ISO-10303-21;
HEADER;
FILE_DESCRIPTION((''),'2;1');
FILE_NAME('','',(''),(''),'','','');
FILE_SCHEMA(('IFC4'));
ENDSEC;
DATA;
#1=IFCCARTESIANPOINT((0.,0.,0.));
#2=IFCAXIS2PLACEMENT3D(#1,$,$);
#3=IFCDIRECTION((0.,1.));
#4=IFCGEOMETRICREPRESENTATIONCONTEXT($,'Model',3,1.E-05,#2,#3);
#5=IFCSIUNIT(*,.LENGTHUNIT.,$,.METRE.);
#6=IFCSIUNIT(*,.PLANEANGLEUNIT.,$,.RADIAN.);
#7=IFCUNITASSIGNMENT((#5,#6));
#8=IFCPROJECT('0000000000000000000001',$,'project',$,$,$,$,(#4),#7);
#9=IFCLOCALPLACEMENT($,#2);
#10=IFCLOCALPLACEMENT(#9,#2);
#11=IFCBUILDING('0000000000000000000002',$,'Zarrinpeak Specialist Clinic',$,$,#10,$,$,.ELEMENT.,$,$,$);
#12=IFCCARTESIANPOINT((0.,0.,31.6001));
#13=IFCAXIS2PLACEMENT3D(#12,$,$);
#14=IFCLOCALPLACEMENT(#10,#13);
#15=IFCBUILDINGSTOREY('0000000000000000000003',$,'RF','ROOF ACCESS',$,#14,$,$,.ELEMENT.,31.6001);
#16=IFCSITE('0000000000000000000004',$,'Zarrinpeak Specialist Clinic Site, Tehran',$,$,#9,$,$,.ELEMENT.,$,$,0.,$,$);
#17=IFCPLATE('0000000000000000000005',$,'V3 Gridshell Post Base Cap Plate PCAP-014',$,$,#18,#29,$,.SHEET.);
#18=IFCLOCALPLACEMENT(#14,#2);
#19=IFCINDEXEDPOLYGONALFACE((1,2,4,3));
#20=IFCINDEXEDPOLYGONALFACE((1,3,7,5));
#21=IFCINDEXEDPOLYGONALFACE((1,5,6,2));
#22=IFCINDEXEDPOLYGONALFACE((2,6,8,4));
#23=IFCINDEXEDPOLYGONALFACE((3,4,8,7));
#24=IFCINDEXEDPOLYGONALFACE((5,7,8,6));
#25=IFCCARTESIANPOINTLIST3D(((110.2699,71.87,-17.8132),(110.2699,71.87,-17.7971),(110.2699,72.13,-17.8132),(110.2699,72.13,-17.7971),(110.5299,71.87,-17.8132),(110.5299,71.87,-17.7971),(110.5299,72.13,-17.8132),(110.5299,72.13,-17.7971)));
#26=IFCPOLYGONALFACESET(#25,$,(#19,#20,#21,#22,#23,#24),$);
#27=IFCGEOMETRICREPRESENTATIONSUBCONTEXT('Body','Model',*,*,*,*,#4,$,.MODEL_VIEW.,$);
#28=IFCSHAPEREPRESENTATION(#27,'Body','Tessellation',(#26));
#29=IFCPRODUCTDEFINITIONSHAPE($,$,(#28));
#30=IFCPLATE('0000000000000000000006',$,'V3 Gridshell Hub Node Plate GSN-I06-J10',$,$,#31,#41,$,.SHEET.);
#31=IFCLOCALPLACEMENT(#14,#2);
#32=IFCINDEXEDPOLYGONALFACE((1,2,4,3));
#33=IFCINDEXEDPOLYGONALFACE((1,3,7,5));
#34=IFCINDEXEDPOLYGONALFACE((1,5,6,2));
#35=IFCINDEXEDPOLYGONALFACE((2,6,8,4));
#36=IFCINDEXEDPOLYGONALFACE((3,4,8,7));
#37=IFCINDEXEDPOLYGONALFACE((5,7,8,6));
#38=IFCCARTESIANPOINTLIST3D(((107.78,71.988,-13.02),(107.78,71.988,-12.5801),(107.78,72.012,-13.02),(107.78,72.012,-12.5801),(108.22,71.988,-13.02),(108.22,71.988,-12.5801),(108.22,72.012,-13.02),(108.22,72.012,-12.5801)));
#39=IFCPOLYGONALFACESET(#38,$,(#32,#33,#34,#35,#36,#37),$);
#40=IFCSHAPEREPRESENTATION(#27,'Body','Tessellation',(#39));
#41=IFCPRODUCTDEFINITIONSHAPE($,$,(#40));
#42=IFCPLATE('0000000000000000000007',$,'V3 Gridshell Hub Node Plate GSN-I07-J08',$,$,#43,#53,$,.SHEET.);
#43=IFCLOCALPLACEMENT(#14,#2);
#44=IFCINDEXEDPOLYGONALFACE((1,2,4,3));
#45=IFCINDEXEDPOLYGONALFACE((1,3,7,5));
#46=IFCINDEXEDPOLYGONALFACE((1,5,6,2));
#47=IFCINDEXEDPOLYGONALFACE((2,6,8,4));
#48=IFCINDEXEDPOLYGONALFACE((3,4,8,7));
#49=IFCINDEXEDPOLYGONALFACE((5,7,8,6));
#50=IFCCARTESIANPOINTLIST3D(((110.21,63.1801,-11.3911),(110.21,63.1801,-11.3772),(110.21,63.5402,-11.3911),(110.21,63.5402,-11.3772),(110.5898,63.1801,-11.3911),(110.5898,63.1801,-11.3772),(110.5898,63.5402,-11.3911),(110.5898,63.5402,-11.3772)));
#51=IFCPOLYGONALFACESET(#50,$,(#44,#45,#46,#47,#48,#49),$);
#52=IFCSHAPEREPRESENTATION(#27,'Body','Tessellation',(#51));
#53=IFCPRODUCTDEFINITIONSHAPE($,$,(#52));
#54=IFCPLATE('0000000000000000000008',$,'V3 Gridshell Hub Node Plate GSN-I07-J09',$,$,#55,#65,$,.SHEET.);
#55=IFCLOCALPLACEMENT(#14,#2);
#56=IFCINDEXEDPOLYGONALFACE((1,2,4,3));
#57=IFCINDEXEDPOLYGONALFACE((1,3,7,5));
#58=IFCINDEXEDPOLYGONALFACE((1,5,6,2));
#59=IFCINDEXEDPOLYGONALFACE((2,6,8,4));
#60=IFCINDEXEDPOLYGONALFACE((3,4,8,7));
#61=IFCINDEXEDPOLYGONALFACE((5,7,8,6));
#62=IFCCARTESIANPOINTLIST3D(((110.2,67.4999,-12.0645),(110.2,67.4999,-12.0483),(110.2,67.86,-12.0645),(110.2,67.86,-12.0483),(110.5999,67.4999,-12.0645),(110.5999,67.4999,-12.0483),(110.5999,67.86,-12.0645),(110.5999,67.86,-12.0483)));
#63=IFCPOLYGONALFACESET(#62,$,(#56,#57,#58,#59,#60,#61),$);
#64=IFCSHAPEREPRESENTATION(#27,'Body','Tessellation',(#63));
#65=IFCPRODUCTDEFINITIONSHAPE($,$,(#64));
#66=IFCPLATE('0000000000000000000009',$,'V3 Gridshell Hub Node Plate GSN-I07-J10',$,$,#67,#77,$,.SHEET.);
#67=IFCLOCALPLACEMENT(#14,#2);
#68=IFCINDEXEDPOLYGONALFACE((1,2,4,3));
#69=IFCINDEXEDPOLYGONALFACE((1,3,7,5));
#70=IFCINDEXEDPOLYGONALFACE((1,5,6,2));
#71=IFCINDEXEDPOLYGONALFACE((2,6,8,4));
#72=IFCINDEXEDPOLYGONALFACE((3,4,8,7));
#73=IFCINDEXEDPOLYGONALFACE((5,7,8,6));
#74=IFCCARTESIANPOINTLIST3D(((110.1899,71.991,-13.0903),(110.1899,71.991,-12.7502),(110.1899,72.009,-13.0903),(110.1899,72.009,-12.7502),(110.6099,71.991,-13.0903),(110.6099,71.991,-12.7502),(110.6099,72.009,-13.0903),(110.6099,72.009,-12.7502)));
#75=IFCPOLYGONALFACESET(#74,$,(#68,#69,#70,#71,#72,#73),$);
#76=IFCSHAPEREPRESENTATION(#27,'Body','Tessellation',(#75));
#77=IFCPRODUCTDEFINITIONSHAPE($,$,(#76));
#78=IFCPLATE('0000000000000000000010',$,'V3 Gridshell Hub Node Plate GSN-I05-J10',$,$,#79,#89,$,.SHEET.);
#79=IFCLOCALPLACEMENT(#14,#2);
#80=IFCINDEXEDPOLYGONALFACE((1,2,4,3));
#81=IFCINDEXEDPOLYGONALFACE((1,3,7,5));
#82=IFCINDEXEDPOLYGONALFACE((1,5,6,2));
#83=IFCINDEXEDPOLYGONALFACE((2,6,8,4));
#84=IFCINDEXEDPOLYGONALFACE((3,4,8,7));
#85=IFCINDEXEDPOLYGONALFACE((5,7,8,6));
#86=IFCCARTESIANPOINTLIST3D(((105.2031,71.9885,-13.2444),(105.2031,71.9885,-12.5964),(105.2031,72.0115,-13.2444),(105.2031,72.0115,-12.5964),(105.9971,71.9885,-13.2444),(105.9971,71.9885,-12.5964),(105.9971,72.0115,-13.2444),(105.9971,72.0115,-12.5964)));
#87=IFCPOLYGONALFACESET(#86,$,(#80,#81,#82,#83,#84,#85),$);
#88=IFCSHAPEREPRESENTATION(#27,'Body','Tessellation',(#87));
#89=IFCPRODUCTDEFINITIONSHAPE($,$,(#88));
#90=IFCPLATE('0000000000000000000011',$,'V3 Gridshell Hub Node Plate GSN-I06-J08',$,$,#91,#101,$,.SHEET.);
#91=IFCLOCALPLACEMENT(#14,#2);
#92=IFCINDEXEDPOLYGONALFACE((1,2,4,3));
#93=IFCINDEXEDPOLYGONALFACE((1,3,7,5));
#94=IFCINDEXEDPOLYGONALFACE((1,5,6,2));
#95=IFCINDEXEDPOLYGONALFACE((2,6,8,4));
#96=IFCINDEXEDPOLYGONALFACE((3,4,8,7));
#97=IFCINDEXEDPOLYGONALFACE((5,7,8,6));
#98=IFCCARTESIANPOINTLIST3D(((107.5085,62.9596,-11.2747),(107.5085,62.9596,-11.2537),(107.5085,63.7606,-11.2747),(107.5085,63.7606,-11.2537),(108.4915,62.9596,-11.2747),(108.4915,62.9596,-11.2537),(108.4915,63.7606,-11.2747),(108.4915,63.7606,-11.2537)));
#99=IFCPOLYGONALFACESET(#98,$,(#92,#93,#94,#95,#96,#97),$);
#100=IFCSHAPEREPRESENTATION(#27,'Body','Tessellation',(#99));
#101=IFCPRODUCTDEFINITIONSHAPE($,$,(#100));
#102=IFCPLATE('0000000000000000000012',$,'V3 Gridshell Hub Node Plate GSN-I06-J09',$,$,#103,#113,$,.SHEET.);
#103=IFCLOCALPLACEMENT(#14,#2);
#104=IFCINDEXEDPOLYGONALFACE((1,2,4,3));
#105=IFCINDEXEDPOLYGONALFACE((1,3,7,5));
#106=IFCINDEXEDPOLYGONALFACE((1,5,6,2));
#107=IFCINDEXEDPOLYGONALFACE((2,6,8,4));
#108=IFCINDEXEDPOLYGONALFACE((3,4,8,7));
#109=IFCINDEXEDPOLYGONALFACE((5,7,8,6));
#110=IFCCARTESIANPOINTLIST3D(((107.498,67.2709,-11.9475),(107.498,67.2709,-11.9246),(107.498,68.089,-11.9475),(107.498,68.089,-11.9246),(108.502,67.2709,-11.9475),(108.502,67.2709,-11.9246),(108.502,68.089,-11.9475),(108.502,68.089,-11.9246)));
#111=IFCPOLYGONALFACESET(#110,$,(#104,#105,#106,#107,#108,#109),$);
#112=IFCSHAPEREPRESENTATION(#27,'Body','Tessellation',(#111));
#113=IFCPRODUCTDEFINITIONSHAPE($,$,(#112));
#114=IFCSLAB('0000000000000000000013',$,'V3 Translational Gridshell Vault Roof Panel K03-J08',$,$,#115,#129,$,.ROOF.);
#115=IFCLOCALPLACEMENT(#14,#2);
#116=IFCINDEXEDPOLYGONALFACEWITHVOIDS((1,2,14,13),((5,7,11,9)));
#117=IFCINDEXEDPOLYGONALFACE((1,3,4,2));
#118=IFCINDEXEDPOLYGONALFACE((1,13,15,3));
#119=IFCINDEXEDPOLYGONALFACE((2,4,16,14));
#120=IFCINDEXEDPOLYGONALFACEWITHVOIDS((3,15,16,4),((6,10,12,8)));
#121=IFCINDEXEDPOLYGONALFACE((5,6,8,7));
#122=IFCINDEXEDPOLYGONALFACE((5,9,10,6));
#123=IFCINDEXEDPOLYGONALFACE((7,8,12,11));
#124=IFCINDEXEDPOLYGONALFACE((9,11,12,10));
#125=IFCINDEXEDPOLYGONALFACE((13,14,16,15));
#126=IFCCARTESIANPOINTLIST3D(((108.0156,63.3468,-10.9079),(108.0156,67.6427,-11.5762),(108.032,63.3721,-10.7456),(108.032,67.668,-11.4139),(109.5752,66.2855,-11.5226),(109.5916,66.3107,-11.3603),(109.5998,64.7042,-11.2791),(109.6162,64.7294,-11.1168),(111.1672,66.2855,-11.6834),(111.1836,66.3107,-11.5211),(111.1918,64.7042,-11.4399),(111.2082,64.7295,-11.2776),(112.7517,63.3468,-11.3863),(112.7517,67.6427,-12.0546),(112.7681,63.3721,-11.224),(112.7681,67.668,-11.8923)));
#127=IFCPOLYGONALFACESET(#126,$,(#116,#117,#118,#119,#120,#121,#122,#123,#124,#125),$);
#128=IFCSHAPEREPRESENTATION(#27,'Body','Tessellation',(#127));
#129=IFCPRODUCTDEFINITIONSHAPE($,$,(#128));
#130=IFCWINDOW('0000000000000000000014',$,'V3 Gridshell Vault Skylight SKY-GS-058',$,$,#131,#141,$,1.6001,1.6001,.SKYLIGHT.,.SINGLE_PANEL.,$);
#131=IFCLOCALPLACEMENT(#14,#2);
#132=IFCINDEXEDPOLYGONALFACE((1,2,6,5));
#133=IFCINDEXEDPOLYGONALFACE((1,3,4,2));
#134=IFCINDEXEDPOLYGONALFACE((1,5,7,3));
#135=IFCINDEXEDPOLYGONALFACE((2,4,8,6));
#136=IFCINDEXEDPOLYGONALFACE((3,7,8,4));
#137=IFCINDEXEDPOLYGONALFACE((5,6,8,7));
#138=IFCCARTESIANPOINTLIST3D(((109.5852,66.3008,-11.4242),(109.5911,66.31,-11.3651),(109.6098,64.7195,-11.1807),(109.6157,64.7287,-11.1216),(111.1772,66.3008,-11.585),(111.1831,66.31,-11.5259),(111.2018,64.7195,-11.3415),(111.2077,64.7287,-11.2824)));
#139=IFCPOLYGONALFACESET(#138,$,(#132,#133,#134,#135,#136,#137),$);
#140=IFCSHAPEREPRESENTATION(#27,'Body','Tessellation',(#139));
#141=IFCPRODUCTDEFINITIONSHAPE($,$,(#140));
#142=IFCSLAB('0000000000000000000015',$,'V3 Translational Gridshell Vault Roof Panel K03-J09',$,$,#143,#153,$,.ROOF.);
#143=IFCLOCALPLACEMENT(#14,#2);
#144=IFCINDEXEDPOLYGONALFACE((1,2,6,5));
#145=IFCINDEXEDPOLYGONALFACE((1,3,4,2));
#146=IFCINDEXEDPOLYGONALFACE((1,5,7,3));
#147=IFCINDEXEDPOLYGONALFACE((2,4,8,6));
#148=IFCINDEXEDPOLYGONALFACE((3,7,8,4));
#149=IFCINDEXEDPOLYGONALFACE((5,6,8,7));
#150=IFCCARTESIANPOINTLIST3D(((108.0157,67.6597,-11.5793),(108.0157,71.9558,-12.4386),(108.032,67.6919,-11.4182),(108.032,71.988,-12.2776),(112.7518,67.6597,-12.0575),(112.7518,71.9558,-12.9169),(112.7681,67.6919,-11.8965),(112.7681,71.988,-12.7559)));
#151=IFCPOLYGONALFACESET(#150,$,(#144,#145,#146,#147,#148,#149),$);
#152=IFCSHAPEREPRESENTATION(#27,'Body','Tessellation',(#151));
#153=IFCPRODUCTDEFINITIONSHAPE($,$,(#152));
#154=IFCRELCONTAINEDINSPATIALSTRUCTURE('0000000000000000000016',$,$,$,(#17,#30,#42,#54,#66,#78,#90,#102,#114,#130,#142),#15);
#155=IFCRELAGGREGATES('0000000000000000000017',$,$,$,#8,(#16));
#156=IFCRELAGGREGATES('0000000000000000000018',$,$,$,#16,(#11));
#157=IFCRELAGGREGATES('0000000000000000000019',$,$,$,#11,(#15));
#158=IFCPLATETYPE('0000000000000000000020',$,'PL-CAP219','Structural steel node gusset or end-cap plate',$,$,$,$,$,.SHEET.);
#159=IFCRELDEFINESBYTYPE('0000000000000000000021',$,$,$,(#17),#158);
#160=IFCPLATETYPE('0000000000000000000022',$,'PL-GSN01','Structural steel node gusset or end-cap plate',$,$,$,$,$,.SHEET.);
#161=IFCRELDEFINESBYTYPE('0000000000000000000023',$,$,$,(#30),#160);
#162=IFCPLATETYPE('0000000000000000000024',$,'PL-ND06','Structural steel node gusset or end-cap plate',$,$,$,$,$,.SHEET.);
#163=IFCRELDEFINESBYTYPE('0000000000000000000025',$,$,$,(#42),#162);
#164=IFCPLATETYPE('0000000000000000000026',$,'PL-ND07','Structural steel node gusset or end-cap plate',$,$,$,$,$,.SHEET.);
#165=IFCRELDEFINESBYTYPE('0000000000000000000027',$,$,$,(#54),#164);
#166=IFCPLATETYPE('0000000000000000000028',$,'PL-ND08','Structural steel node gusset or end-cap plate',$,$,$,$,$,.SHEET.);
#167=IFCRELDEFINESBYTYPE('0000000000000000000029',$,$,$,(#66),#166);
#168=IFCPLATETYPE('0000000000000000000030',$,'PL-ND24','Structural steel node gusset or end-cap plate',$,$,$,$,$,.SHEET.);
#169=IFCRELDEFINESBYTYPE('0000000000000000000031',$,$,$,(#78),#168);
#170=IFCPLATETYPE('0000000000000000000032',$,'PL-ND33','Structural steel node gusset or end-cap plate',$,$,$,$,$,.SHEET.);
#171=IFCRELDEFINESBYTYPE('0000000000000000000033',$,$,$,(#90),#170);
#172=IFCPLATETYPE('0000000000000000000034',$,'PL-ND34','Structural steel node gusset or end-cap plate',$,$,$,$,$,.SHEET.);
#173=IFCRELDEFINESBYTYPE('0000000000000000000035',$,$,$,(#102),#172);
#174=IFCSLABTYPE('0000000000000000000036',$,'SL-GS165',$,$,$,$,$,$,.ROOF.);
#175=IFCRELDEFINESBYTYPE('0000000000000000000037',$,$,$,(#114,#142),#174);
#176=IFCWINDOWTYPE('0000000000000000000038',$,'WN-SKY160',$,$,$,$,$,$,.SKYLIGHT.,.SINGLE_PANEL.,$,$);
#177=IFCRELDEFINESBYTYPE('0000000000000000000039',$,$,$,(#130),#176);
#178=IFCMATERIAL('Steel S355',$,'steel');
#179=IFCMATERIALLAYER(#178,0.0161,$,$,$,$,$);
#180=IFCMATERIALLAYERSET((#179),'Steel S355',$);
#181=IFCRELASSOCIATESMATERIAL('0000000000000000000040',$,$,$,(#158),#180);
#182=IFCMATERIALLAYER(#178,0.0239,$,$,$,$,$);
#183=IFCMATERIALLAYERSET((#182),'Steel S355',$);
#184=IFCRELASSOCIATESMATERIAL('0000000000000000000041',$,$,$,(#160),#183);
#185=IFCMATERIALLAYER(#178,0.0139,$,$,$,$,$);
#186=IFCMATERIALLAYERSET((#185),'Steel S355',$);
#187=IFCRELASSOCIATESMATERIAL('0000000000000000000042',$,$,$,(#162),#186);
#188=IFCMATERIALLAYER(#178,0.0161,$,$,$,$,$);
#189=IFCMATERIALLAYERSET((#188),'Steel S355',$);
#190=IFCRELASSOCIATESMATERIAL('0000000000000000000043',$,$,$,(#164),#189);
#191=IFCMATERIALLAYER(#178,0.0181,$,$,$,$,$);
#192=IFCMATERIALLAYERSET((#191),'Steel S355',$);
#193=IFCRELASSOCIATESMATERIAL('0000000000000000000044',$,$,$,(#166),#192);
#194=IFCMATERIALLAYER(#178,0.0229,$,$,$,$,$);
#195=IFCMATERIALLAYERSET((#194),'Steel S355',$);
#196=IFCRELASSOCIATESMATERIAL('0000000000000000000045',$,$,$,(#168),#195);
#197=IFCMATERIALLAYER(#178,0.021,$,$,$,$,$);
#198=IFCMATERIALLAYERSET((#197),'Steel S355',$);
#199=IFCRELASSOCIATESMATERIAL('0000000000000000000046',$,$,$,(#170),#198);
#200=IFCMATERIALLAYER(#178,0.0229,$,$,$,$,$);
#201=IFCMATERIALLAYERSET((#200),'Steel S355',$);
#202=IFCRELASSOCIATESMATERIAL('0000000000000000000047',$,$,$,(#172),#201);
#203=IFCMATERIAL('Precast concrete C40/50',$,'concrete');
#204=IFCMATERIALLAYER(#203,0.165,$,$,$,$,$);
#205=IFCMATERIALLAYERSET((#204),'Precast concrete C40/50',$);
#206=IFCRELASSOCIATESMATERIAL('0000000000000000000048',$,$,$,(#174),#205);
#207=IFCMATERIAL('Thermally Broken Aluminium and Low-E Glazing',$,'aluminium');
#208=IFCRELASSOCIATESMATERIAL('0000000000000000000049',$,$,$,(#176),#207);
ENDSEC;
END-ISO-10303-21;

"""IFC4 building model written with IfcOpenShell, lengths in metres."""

from ifc_helpers import new_model, si_unit, direction, frame, origin, origin_2d, place, context, subcontext, project, spatial, polyline, rectangle, outline, extrude, material, layer, layer_set, type_object, element, fill, save


model = new_model("IFC4")

# Units and contexts
model_context = context("Model", 3, precision=1e-05, world=origin(), true_north=direction((0.0, 1.0)))
body_context = subcontext(model_context, "Body", "Model", "MODEL_VIEW")
ifc_project = project(units=[si_unit("LENGTHUNIT", "METRE"), si_unit("PLANEANGLEUNIT", "RADIAN")], contexts=[model_context])

# Site, building, storey
site_placement = place(None, origin())
site = spatial("IfcSite", under=ifc_project, at=site_placement, Name="Zarrinpeak Specialist Clinic Site, Tehran", CompositionType="ELEMENT", RefElevation=0.0)
building_placement = place(site_placement, origin())
building = spatial("IfcBuilding", under=site, at=building_placement, Name="Zarrinpeak Specialist Clinic", CompositionType="ELEMENT")
storey_placement = place(building_placement, frame((0.0, 0.0, 31.6001)))
storey = spatial("IfcBuildingStorey", under=building, at=storey_placement, Name="RF", Description="ROOF ACCESS", CompositionType="ELEMENT", Elevation=31.6001)

# Shared definitions
ifc_material_1 = material(Name="Steel S355", Category="steel")

# Plates
ifc_layer_1 = layer(ifc_material_1, 0.0161)
ifc_layer_set_1 = layer_set([ifc_layer_1], Name="Steel S355")
plate_type_1 = type_object("IfcPlateType", Name="PL-CAP219", Description="Structural steel node gusset or end-cap plate", PredefinedType="SHEET", material=ifc_layer_set_1)
for number, where, z_axis, x_axis, name in (
    (1, (110.3999, 72.0, -17.8132), (0.0, 0.0, 1.0), (1.0, 0.0, 0.0), "V3 Gridshell Post Base Cap Plate PCAP-014"),
):
    element("IfcPlate", number, at=place(storey_placement, frame(where, z_axis=z_axis, x_axis=x_axis)), inside=storey, type_object=plate_type_1, Name=name, PredefinedType="SHEET", context=body_context, shape_type="SweptSolid", body=[
        extrude(rectangle(XDim=0.26, YDim=0.26, at=origin_2d()), origin(), (0.0, 0.0, 1.0), 0.0161),
    ])
ifc_layer_2 = layer(ifc_material_1, 0.0239)
ifc_layer_set_2 = layer_set([ifc_layer_2], Name="Steel S355")
plate_type_2 = type_object("IfcPlateType", Name="PL-GSN01", Description="Structural steel node gusset or end-cap plate", PredefinedType="SHEET", material=ifc_layer_set_2)
plate_1_placement = place(storey_placement, frame((108.0, 72.0, -13.02), z_axis=(0.0, 0.0, 1.0), x_axis=(1.0, 0.0, 0.0)))
element("IfcPlate", 2, at=plate_1_placement, inside=storey, type_object=plate_type_2, Name="V3 Gridshell Hub Node Plate GSN-I06-J10", PredefinedType="SHEET", context=body_context, shape_type="SweptSolid", body=[
    extrude(rectangle(XDim=0.4399, YDim=0.0239, at=origin_2d()), origin(), (0.0, 0.0, 1.0), 0.4399),
])
ifc_layer_3 = layer(ifc_material_1, 0.0139)
ifc_layer_set_3 = layer_set([ifc_layer_3], Name="Steel S355")
plate_type_3 = type_object("IfcPlateType", Name="PL-ND06", Description="Structural steel node gusset or end-cap plate", PredefinedType="SHEET", material=ifc_layer_set_3)
plate_2_placement = place(storey_placement, frame((110.3999, 63.3601, -11.3911), z_axis=(0.0, 0.0, 1.0), x_axis=(1.0, 0.0, 0.0)))
element("IfcPlate", 3, at=plate_2_placement, inside=storey, type_object=plate_type_3, Name="V3 Gridshell Hub Node Plate GSN-I07-J08", PredefinedType="SHEET", context=body_context, shape_type="SweptSolid", body=[
    extrude(rectangle(XDim=0.3799, YDim=0.3601, at=origin_2d()), origin(), (0.0, 0.0, 1.0), 0.0139),
])
ifc_layer_4 = layer(ifc_material_1, 0.0161)
ifc_layer_set_4 = layer_set([ifc_layer_4], Name="Steel S355")
plate_type_4 = type_object("IfcPlateType", Name="PL-ND07", Description="Structural steel node gusset or end-cap plate", PredefinedType="SHEET", material=ifc_layer_set_4)
plate_3_placement = place(storey_placement, frame((110.3999, 67.6799, -12.0645), z_axis=(0.0, 0.0, 1.0), x_axis=(1.0, 0.0, 0.0)))
element("IfcPlate", 4, at=plate_3_placement, inside=storey, type_object=plate_type_4, Name="V3 Gridshell Hub Node Plate GSN-I07-J09", PredefinedType="SHEET", context=body_context, shape_type="SweptSolid", body=[
    extrude(rectangle(XDim=0.3999, YDim=0.3601, at=origin_2d()), origin(), (0.0, 0.0, 1.0), 0.0161),
])
ifc_layer_5 = layer(ifc_material_1, 0.0181)
ifc_layer_set_5 = layer_set([ifc_layer_5], Name="Steel S355")
plate_type_5 = type_object("IfcPlateType", Name="PL-ND08", Description="Structural steel node gusset or end-cap plate", PredefinedType="SHEET", material=ifc_layer_set_5)
plate_4_placement = place(storey_placement, frame((110.3999, 72.0, -13.0903), z_axis=(0.0, 0.0, 1.0), x_axis=(1.0, 0.0, 0.0)))
element("IfcPlate", 5, at=plate_4_placement, inside=storey, type_object=plate_type_5, Name="V3 Gridshell Hub Node Plate GSN-I07-J10", PredefinedType="SHEET", context=body_context, shape_type="SweptSolid", body=[
    extrude(rectangle(XDim=0.4199, YDim=0.0181, at=origin_2d()), origin(), (0.0, 0.0, 1.0), 0.3401),
])
ifc_layer_6 = layer(ifc_material_1, 0.0229)
ifc_layer_set_6 = layer_set([ifc_layer_6], Name="Steel S355")
plate_type_6 = type_object("IfcPlateType", Name="PL-ND24", Description="Structural steel node gusset or end-cap plate", PredefinedType="SHEET", material=ifc_layer_set_6)
plate_5_placement = place(storey_placement, frame((105.6001, 72.0, -13.2444), z_axis=(0.0, 0.0, 1.0), x_axis=(1.0, 0.0, 0.0)))
element("IfcPlate", 6, at=plate_5_placement, inside=storey, type_object=plate_type_6, Name="V3 Gridshell Hub Node Plate GSN-I05-J10", PredefinedType="SHEET", context=body_context, shape_type="SweptSolid", body=[
    extrude(rectangle(XDim=0.7939, YDim=0.0229, at=origin_2d()), origin(), (0.0, 0.0, 1.0), 0.6479),
])
ifc_layer_7 = layer(ifc_material_1, 0.021)
ifc_layer_set_7 = layer_set([ifc_layer_7], Name="Steel S355")
plate_type_7 = type_object("IfcPlateType", Name="PL-ND33", Description="Structural steel node gusset or end-cap plate", PredefinedType="SHEET", material=ifc_layer_set_7)
plate_6_placement = place(storey_placement, frame((108.0, 63.3601, -11.2747), z_axis=(0.0, 0.0, 1.0), x_axis=(1.0, 0.0, 0.0)))
element("IfcPlate", 7, at=plate_6_placement, inside=storey, type_object=plate_type_7, Name="V3 Gridshell Hub Node Plate GSN-I06-J08", PredefinedType="SHEET", context=body_context, shape_type="SweptSolid", body=[
    extrude(rectangle(XDim=0.9829, YDim=0.801, at=origin_2d()), origin(), (0.0, 0.0, 1.0), 0.021),
])
ifc_layer_8 = layer(ifc_material_1, 0.0229)
ifc_layer_set_8 = layer_set([ifc_layer_8], Name="Steel S355")
plate_type_8 = type_object("IfcPlateType", Name="PL-ND34", Description="Structural steel node gusset or end-cap plate", PredefinedType="SHEET", material=ifc_layer_set_8)
plate_7_placement = place(storey_placement, frame((108.0, 67.6799, -11.9475), z_axis=(0.0, 0.0, 1.0), x_axis=(1.0, 0.0, 0.0)))
element("IfcPlate", 8, at=plate_7_placement, inside=storey, type_object=plate_type_8, Name="V3 Gridshell Hub Node Plate GSN-I06-J09", PredefinedType="SHEET", context=body_context, shape_type="SweptSolid", body=[
    extrude(rectangle(XDim=1.0039, YDim=0.8181, at=origin_2d()), origin(), (0.0, 0.0, 1.0), 0.0229),
])

# Slab, opening, window
ifc_material_2 = material(Name="Precast concrete C40/50", Category="concrete")
ifc_layer_9 = layer(ifc_material_2, 0.165)
ifc_layer_set_9 = layer_set([ifc_layer_9], Name="Precast concrete C40/50")
slab_type = type_object("IfcSlabType", Name="SL-GS165", PredefinedType="ROOF", material=ifc_layer_set_9)
slab_1_placement = place(storey_placement, frame((108.032, 63.3721, -10.7456), z_axis=(0.099316, 0.152966, 0.983228), x_axis=(0.994937, 0.000004, -0.1005)))
slab_1 = element("IfcSlab", 9, at=slab_1_placement, inside=storey, type_object=slab_type, Name="V3 Translational Gridshell Vault Roof Panel K03-J08", PredefinedType="ROOF", context=body_context, shape_type="SweptSolid", body=[
    extrude(outline(polyline([(0.0, 0.0), (4.7602, 0.0), (4.8274, 4.347), (0.0672, 4.3471), (0.0, 0.0)])), origin(), (0.0, 0.0, -1.0), 0.165),
])
opening_placement = place(slab_1_placement, frame((2.4136, 2.1736, 0.0)))
opening = element("IfcOpeningElement", 10, at=opening_placement, cuts=slab_1, PredefinedType="OPENING", context=body_context, shape_type="SweptSolid", body=[
    extrude(rectangle(XDim=1.6001, YDim=1.6001, at=origin_2d()), frame((0.0, 0.0, 0.01), z_axis=(0.0, 0.0, 1.0), x_axis=(1.0, 0.0, 0.0)), (0.0, 0.0, -1.0), 0.1851),
])
ifc_material_3 = material(Name="Thermally Broken Aluminium and Low-E Glazing", Category="aluminium")
window_type = type_object("IfcWindowType", Name="WN-SKY160", PartitioningType="SINGLE_PANEL", PredefinedType="SKYLIGHT", material=ifc_material_3)
window_placement = place(opening_placement, frame((0.0, 0.0, -0.0049)))
window = element("IfcWindow", 11, at=window_placement, inside=storey, type_object=window_type, Name="V3 Gridshell Vault Skylight SKY-GS-058", OverallHeight=1.6001, OverallWidth=1.6001, PartitioningType="SINGLE_PANEL", PredefinedType="SKYLIGHT", context=body_context, shape_type="SweptSolid", body=[
    extrude(rectangle(XDim=1.6001, YDim=1.6001, at=origin_2d()), origin(), (0.0, 0.0, -1.0), 0.0601),
])
fill(opening, window)

# Slab
slab_2_placement = place(storey_placement, frame((108.032, 67.6919, -11.4182), z_axis=(0.098541, 0.195194, 0.975802), x_axis=(0.99494, 0.0, -0.100474)))
element("IfcSlab", 12, at=slab_2_placement, inside=storey, type_object=slab_type, Name="V3 Translational Gridshell Vault Roof Panel K03-J09", PredefinedType="ROOF", context=body_context, shape_type="SweptSolid", body=[
    extrude(outline(polyline([(0.0, 0.0), (4.7602, 0.0), (4.8465, 4.3804), (0.0863, 4.3804), (0.0, 0.0)])), origin(), (0.0, 0.0, -1.0), 0.165),
])

save(model, "model.ifc")
